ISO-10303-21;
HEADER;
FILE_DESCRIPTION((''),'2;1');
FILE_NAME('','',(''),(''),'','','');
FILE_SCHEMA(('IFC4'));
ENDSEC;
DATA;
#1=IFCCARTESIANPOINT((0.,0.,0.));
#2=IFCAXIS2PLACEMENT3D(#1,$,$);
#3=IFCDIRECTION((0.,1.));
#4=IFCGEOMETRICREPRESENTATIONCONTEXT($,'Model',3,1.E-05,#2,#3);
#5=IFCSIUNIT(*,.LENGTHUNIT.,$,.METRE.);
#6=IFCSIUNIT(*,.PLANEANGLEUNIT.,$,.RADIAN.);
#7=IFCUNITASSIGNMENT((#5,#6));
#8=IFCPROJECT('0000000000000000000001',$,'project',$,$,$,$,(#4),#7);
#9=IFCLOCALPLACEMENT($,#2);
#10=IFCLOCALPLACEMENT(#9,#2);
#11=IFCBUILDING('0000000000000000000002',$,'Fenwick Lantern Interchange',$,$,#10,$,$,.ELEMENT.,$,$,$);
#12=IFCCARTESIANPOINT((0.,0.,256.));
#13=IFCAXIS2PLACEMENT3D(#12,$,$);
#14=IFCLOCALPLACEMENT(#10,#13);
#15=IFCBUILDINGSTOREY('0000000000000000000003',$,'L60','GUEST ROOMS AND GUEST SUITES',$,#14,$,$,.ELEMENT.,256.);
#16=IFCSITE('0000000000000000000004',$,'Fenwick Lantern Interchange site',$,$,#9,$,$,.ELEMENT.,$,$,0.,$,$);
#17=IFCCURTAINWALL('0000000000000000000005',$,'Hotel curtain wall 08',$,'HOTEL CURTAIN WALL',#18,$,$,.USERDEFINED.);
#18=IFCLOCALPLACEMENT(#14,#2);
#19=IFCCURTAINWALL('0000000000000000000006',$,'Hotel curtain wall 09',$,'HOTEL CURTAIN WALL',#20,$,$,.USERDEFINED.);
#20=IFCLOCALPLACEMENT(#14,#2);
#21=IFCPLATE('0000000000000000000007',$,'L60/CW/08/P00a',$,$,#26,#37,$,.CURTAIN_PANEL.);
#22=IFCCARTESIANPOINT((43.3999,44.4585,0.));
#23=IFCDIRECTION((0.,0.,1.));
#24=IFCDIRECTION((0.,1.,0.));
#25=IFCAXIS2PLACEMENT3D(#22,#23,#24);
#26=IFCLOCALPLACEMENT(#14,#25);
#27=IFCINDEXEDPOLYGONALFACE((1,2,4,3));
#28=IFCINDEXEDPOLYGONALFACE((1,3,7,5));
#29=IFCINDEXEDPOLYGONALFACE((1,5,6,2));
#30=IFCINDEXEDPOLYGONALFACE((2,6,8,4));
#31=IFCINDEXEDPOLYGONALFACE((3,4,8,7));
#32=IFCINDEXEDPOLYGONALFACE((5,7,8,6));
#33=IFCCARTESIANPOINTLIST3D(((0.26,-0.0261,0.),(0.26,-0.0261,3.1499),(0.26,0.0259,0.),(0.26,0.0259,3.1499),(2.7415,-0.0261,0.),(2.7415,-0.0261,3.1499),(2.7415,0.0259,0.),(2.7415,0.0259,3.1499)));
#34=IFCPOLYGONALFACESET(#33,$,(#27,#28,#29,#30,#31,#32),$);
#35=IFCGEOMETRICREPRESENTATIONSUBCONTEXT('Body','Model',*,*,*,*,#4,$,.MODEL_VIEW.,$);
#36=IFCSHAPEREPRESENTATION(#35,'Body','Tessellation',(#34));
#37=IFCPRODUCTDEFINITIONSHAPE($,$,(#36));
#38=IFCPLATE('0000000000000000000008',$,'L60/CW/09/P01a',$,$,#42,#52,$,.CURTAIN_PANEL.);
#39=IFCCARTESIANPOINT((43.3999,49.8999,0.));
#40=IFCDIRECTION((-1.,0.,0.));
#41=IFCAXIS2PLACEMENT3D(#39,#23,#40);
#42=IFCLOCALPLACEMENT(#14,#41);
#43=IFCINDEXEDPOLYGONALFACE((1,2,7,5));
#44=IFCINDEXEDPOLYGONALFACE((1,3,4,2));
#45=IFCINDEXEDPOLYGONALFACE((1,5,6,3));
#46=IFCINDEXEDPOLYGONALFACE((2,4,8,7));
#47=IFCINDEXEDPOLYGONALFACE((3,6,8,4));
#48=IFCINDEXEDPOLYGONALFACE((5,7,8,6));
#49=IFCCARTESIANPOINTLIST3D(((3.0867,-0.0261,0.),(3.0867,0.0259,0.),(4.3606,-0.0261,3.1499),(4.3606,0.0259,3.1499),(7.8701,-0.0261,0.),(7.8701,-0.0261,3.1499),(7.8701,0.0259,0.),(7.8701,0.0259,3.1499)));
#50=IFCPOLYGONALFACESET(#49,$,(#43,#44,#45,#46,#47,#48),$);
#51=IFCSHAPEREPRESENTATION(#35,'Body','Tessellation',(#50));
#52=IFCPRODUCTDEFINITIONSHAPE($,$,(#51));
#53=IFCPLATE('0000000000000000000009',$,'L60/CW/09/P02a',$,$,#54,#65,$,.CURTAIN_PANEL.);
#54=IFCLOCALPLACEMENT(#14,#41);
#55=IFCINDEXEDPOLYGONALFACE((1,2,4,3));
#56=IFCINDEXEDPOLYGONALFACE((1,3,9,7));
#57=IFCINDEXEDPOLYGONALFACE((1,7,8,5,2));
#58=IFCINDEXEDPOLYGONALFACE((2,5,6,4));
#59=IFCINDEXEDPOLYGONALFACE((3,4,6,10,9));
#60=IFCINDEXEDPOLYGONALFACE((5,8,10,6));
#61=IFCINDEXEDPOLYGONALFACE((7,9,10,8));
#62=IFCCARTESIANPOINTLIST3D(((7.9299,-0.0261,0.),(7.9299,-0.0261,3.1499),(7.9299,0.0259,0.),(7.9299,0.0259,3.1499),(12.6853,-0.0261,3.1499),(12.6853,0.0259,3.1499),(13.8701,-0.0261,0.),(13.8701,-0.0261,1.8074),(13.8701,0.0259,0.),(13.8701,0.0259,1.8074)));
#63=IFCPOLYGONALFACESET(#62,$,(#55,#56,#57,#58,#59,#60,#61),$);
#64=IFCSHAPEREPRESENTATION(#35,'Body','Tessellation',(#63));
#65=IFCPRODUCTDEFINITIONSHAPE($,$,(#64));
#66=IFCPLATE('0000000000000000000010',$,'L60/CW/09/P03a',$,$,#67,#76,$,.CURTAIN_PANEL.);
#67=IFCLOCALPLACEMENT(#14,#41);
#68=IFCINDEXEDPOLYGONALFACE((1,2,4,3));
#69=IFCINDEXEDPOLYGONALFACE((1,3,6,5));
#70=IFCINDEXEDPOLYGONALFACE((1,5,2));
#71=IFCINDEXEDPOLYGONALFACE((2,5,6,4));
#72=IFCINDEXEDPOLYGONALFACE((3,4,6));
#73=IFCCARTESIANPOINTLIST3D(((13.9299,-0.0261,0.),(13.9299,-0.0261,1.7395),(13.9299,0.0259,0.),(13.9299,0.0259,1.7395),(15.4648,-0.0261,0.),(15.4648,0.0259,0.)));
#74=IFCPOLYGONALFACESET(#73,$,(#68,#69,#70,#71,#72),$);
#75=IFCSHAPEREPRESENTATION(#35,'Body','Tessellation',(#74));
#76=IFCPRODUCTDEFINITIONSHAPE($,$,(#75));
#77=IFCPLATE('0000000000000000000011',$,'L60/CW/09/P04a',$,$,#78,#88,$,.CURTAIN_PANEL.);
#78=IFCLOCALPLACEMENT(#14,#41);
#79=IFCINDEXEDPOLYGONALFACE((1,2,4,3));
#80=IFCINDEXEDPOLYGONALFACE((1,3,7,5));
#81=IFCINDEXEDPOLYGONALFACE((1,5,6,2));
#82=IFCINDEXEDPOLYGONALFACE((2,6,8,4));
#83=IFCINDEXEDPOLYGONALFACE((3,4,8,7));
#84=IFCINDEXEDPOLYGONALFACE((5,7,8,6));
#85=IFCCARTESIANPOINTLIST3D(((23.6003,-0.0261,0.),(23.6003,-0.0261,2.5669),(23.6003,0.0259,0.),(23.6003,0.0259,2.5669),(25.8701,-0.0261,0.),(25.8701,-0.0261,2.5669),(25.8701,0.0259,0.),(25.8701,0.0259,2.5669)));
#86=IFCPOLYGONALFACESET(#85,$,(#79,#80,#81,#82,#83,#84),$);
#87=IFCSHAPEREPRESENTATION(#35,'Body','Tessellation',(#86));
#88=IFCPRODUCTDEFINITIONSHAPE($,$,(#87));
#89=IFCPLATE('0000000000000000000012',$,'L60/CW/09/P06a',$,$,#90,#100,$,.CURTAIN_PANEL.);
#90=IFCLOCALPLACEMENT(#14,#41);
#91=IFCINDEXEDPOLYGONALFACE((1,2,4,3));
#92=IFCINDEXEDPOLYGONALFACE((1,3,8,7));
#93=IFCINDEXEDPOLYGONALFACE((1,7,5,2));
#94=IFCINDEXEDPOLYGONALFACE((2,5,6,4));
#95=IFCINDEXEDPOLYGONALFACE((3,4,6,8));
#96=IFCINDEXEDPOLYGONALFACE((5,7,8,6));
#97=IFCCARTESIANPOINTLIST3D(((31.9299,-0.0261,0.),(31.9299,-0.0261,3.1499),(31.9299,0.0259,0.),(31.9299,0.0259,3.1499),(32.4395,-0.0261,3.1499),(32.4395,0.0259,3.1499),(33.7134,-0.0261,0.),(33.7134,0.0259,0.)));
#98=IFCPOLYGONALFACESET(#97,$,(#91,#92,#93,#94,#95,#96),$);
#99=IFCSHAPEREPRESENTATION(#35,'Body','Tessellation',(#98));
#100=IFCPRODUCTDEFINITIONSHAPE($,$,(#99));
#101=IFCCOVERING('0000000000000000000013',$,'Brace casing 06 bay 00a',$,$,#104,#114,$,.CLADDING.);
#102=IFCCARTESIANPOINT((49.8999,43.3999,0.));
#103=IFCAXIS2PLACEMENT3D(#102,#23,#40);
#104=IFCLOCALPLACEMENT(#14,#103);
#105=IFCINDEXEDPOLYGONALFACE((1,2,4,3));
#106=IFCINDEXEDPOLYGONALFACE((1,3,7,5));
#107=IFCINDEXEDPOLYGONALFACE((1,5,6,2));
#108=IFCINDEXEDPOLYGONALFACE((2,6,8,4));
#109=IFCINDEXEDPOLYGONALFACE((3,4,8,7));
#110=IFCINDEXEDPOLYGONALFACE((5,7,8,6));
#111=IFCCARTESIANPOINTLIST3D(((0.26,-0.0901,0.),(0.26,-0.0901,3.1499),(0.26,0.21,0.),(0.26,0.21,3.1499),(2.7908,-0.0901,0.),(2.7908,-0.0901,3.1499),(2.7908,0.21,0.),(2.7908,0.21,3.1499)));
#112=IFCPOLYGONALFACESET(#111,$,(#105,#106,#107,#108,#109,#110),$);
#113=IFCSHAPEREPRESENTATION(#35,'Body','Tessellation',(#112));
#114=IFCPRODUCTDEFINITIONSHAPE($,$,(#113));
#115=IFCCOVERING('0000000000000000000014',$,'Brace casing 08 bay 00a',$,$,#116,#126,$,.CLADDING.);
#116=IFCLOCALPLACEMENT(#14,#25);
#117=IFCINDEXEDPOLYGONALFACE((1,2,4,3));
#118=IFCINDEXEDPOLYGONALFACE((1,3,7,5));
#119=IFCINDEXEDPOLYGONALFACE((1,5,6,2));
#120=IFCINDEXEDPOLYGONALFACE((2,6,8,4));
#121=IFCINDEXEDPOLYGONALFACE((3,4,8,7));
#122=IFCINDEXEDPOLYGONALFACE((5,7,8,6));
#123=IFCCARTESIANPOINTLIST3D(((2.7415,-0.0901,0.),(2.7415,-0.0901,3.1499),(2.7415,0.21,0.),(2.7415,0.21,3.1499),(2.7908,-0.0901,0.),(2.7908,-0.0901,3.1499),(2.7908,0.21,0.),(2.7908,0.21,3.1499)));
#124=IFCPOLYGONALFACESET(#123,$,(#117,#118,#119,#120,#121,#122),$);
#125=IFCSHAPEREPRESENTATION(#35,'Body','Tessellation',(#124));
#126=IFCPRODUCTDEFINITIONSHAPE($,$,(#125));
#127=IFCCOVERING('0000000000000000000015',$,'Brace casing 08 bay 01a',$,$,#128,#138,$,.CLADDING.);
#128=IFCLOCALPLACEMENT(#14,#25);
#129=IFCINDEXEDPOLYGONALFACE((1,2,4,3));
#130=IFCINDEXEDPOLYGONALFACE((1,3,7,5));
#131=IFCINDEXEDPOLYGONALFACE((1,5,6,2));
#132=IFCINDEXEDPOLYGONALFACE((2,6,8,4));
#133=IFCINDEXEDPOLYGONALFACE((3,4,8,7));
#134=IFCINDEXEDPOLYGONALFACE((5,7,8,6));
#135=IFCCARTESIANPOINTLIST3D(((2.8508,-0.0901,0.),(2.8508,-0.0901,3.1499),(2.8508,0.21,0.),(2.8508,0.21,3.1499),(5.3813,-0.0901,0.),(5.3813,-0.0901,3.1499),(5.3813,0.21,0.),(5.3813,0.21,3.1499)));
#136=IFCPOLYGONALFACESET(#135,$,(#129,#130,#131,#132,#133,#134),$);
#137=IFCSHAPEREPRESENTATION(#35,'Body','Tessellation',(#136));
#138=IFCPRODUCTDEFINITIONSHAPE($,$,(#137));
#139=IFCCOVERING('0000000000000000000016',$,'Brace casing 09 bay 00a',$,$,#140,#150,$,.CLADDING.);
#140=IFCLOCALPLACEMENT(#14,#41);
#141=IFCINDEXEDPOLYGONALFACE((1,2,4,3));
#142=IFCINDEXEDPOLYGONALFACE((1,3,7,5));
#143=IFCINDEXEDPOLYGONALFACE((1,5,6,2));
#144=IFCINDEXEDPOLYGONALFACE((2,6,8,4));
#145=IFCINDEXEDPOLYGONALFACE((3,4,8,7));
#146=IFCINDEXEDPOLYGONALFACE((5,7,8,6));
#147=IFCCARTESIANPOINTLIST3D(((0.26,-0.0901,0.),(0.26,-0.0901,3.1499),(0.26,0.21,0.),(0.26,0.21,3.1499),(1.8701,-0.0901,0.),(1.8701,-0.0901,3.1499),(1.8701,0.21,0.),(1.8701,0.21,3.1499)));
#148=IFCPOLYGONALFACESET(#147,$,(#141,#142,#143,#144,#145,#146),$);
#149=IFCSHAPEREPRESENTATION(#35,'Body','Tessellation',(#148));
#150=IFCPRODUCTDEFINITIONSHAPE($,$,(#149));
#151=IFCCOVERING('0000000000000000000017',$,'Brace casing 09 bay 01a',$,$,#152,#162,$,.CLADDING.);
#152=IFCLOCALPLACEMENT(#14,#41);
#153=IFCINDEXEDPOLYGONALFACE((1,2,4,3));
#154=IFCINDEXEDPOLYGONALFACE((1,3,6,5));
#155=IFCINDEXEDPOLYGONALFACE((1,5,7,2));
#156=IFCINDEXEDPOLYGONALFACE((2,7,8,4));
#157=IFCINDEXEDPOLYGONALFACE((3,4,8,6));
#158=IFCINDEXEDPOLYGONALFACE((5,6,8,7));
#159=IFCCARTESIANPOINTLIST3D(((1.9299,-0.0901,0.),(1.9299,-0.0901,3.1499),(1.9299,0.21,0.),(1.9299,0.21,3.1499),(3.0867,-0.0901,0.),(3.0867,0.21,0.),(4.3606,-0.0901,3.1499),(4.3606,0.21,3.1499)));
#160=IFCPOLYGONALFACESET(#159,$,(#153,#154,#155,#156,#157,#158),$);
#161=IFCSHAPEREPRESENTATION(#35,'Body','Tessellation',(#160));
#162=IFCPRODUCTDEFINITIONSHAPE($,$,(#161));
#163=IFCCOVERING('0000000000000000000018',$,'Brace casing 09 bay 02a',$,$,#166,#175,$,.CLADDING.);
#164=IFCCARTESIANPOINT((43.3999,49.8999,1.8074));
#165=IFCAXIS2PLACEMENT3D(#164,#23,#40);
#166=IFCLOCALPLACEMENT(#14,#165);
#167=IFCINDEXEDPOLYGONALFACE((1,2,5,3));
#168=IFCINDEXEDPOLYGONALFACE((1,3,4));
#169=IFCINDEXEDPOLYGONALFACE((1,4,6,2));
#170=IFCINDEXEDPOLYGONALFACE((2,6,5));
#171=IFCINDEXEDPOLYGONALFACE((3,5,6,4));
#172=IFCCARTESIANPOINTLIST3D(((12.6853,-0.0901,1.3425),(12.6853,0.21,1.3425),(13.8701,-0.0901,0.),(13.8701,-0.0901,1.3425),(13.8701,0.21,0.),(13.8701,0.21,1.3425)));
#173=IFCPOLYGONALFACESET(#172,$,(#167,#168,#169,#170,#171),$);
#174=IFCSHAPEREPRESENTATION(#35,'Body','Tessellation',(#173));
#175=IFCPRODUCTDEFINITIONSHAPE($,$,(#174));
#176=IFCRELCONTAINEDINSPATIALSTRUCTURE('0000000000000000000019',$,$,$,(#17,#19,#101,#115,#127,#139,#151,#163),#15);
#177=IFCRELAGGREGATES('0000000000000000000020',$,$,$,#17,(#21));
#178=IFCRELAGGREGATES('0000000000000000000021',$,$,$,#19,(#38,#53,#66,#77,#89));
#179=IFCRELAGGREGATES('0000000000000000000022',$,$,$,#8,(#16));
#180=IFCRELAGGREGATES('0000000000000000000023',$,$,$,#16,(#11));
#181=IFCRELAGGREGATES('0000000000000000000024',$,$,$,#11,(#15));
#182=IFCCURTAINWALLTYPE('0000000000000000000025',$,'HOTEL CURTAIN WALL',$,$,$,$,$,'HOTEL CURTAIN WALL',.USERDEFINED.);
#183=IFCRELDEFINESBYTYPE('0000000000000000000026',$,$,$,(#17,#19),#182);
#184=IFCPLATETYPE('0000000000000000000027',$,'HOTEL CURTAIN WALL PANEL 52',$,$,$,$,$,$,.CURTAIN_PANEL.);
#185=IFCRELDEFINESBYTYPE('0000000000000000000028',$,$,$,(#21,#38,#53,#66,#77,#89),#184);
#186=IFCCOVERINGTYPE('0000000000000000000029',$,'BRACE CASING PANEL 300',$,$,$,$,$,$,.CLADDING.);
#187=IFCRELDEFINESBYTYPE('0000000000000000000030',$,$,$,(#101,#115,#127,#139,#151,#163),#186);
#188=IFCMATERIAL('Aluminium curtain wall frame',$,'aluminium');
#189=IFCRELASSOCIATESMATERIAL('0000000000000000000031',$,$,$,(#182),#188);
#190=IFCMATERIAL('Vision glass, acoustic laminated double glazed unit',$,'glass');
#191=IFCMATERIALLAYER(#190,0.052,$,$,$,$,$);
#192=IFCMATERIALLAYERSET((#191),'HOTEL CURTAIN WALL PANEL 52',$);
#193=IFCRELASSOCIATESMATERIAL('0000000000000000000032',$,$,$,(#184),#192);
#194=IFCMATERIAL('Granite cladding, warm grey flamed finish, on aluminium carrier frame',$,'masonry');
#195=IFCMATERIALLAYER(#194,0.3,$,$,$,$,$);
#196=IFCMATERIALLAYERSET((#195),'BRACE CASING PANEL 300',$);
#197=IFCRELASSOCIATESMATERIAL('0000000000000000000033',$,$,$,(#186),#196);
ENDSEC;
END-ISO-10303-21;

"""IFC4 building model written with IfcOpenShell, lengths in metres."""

from ifc_helpers import new_model, si_unit, direction, frame, origin, place, context, subcontext, project, spatial, polyline, outline, extrude, material, layer, layer_set, type_object, element, aggregate, save


model = new_model("IFC4")

# Units and contexts
model_context = context("Model", 3, precision=1e-05, world=origin(), true_north=direction((0.0, 1.0)))
body_context = subcontext(model_context, "Body", "Model", "MODEL_VIEW")
ifc_project = project(units=[si_unit("LENGTHUNIT", "METRE"), si_unit("PLANEANGLEUNIT", "RADIAN")], contexts=[model_context])

# Site, building, storey
site_placement = place(None, origin())
site = spatial("IfcSite", under=ifc_project, at=site_placement, Name="Fenwick Lantern Interchange site", CompositionType="ELEMENT", RefElevation=0.0)
building_placement = place(site_placement, origin())
building = spatial("IfcBuilding", under=site, at=building_placement, Name="Fenwick Lantern Interchange", CompositionType="ELEMENT")
storey_placement = place(building_placement, frame((0.0, 0.0, 256.0)))
storey = spatial("IfcBuildingStorey", under=building, at=storey_placement, Name="L60", Description="GUEST ROOMS AND GUEST SUITES", CompositionType="ELEMENT", Elevation=256.0)

# Curtain walls
ifc_material_1 = material(Name="Aluminium curtain wall frame", Category="aluminium")
curtain_wall_type = type_object("IfcCurtainWallType", Name="HOTEL CURTAIN WALL", ElementType="HOTEL CURTAIN WALL", PredefinedType="USERDEFINED", material=ifc_material_1)
curtain_wall_1_placement = place(storey_placement, origin())
curtain_wall_1 = element("IfcCurtainWall", 1, at=curtain_wall_1_placement, inside=storey, type_object=curtain_wall_type, Name="Hotel curtain wall 08", ObjectType="HOTEL CURTAIN WALL", PredefinedType="USERDEFINED")
curtain_wall_2_placement = place(storey_placement, origin())
curtain_wall_2 = element("IfcCurtainWall", 2, at=curtain_wall_2_placement, inside=storey, type_object=curtain_wall_type, Name="Hotel curtain wall 09", ObjectType="HOTEL CURTAIN WALL", PredefinedType="USERDEFINED")

# Plates
ifc_material_2 = material(Name="Vision glass, acoustic laminated double glazed unit", Category="glass")
ifc_layer_1 = layer(ifc_material_2, 0.052)
ifc_layer_set_1 = layer_set([ifc_layer_1], Name="HOTEL CURTAIN WALL PANEL 52")
plate_type = type_object("IfcPlateType", Name="HOTEL CURTAIN WALL PANEL 52", PredefinedType="CURTAIN_PANEL", material=ifc_layer_set_1)
plate_1_placement = place(storey_placement, frame((43.3999, 44.4585, 0.0), z_axis=(0.0, 0.0, 1.0), x_axis=(0.0, 1.0, 0.0)))
plate_1 = element("IfcPlate", 3, at=plate_1_placement, type_object=plate_type, Name="L60/CW/08/P00a", PredefinedType="CURTAIN_PANEL", context=body_context, shape_type="SweptSolid", body=[
    extrude(outline(polyline([(0.26, 0.0), (2.7415, 0.0), (2.7415, 3.1499), (0.26, 3.1499), (0.26, 0.0)])), frame((0.0, 0.0259, 0.0), z_axis=(0.0, -1.0, 0.0), x_axis=(1.0, 0.0, 0.0)), (0.0, 0.0, 1.0), 0.052),
])
aggregate(curtain_wall_1, [plate_1])
plate_2_placement = place(storey_placement, frame((43.3999, 49.8999, 0.0), z_axis=(0.0, 0.0, 1.0), x_axis=(-1.0, 0.0, 0.0)))
plate_2 = element("IfcPlate", 4, at=plate_2_placement, type_object=plate_type, Name="L60/CW/09/P01a", PredefinedType="CURTAIN_PANEL", context=body_context, shape_type="SweptSolid", body=[
    extrude(outline(polyline([(3.0867, 0.0), (7.8701, 0.0), (7.8701, 3.1499), (4.3606, 3.1499), (3.0867, 0.0)])), frame((0.0, 0.0259, 0.0), z_axis=(0.0, -1.0, 0.0), x_axis=(1.0, 0.0, 0.0)), (0.0, 0.0, 1.0), 0.052),
])
plate_3_placement = place(storey_placement, frame((43.3999, 49.8999, 0.0), z_axis=(0.0, 0.0, 1.0), x_axis=(-1.0, 0.0, 0.0)))
plate_3 = element("IfcPlate", 5, at=plate_3_placement, type_object=plate_type, Name="L60/CW/09/P02a", PredefinedType="CURTAIN_PANEL", context=body_context, shape_type="SweptSolid", body=[
    extrude(outline(polyline([(7.9299, 0.0), (13.8701, 0.0), (13.8701, 1.8074), (12.6853, 3.1499), (7.9299, 3.1499), (7.9299, 0.0)])), frame((0.0, 0.0259, 0.0), z_axis=(0.0, -1.0, 0.0), x_axis=(1.0, 0.0, 0.0)), (0.0, 0.0, 1.0), 0.052),
])
plate_4_placement = place(storey_placement, frame((43.3999, 49.8999, 0.0), z_axis=(0.0, 0.0, 1.0), x_axis=(-1.0, 0.0, 0.0)))
plate_4 = element("IfcPlate", 6, at=plate_4_placement, type_object=plate_type, Name="L60/CW/09/P03a", PredefinedType="CURTAIN_PANEL", context=body_context, shape_type="SweptSolid", body=[
    extrude(outline(polyline([(13.9299, 0.0), (15.4648, 0.0), (13.9299, 1.7395), (13.9299, 0.0)])), frame((0.0, 0.0259, 0.0), z_axis=(0.0, -1.0, 0.0), x_axis=(1.0, 0.0, 0.0)), (0.0, 0.0, 1.0), 0.052),
])
plate_5_placement = place(storey_placement, frame((43.3999, 49.8999, 0.0), z_axis=(0.0, 0.0, 1.0), x_axis=(-1.0, 0.0, 0.0)))
plate_5 = element("IfcPlate", 7, at=plate_5_placement, type_object=plate_type, Name="L60/CW/09/P04a", PredefinedType="CURTAIN_PANEL", context=body_context, shape_type="SweptSolid", body=[
    extrude(outline(polyline([(23.6003, 0.0), (25.8701, 0.0), (25.8701, 2.5669), (23.6003, 2.5669), (23.6003, 0.0)])), frame((0.0, 0.0259, 0.0), z_axis=(0.0, -1.0, 0.0), x_axis=(1.0, 0.0, 0.0)), (0.0, 0.0, 1.0), 0.052),
])
plate_6_placement = place(storey_placement, frame((43.3999, 49.8999, 0.0), z_axis=(0.0, 0.0, 1.0), x_axis=(-1.0, 0.0, 0.0)))
plate_6 = element("IfcPlate", 8, at=plate_6_placement, type_object=plate_type, Name="L60/CW/09/P06a", PredefinedType="CURTAIN_PANEL", context=body_context, shape_type="SweptSolid", body=[
    extrude(outline(polyline([(31.9299, 0.0), (33.7134, 0.0), (32.4395, 3.1499), (31.9299, 3.1499), (31.9299, 0.0)])), frame((0.0, 0.0259, 0.0), z_axis=(0.0, -1.0, 0.0), x_axis=(1.0, 0.0, 0.0)), (0.0, 0.0, 1.0), 0.052),
])
aggregate(curtain_wall_2, [plate_2, plate_3, plate_4, plate_5, plate_6])

# Coverings
ifc_material_3 = material(Name="Granite cladding, warm grey flamed finish, on aluminium carrier frame", Category="masonry")
ifc_layer_2 = layer(ifc_material_3, 0.3)
ifc_layer_set_2 = layer_set([ifc_layer_2], Name="BRACE CASING PANEL 300")
covering_type = type_object("IfcCoveringType", Name="BRACE CASING PANEL 300", PredefinedType="CLADDING", material=ifc_layer_set_2)
covering_1_placement = place(storey_placement, frame((49.8999, 43.3999, 0.0), z_axis=(0.0, 0.0, 1.0), x_axis=(-1.0, 0.0, 0.0)))
element("IfcCovering", 9, at=covering_1_placement, inside=storey, type_object=covering_type, Name="Brace casing 06 bay 00a", PredefinedType="CLADDING", context=body_context, shape_type="SweptSolid", body=[
    extrude(outline(polyline([(0.26, 0.0), (2.7908, 0.0), (2.7908, 3.1499), (0.26, 3.1499), (0.26, 0.0)])), frame((0.0, 0.21, 0.0), z_axis=(0.0, -1.0, 0.0), x_axis=(1.0, 0.0, 0.0)), (0.0, 0.0, 1.0), 0.3),
])
covering_2_placement = place(storey_placement, frame((43.3999, 44.4585, 0.0), z_axis=(0.0, 0.0, 1.0), x_axis=(0.0, 1.0, 0.0)))
element("IfcCovering", 10, at=covering_2_placement, inside=storey, type_object=covering_type, Name="Brace casing 08 bay 00a", PredefinedType="CLADDING", context=body_context, shape_type="SweptSolid", body=[
    extrude(outline(polyline([(2.7415, 0.0), (2.7908, 0.0), (2.7908, 3.1499), (2.7415, 3.1499), (2.7415, 0.0)])), frame((0.0, 0.21, 0.0), z_axis=(0.0, -1.0, 0.0), x_axis=(1.0, 0.0, 0.0)), (0.0, 0.0, 1.0), 0.3),
])
covering_3_placement = place(storey_placement, frame((43.3999, 44.4585, 0.0), z_axis=(0.0, 0.0, 1.0), x_axis=(0.0, 1.0, 0.0)))
element("IfcCovering", 11, at=covering_3_placement, inside=storey, type_object=covering_type, Name="Brace casing 08 bay 01a", PredefinedType="CLADDING", context=body_context, shape_type="SweptSolid", body=[
    extrude(outline(polyline([(2.8508, 0.0), (5.3813, 0.0), (5.3813, 3.1499), (2.8508, 3.1499), (2.8508, 0.0)])), frame((0.0, 0.21, 0.0), z_axis=(0.0, -1.0, 0.0), x_axis=(1.0, 0.0, 0.0)), (0.0, 0.0, 1.0), 0.3),
])
covering_4_placement = place(storey_placement, frame((43.3999, 49.8999, 0.0), z_axis=(0.0, 0.0, 1.0), x_axis=(-1.0, 0.0, 0.0)))
element("IfcCovering", 12, at=covering_4_placement, inside=storey, type_object=covering_type, Name="Brace casing 09 bay 00a", PredefinedType="CLADDING", context=body_context, shape_type="SweptSolid", body=[
    extrude(outline(polyline([(0.26, 0.0), (1.8701, 0.0), (1.8701, 3.1499), (0.26, 3.1499), (0.26, 0.0)])), frame((0.0, 0.21, 0.0), z_axis=(0.0, -1.0, 0.0), x_axis=(1.0, 0.0, 0.0)), (0.0, 0.0, 1.0), 0.3),
])
covering_5_placement = place(storey_placement, frame((43.3999, 49.8999, 0.0), z_axis=(0.0, 0.0, 1.0), x_axis=(-1.0, 0.0, 0.0)))
element("IfcCovering", 13, at=covering_5_placement, inside=storey, type_object=covering_type, Name="Brace casing 09 bay 01a", PredefinedType="CLADDING", context=body_context, shape_type="SweptSolid", body=[
    extrude(outline(polyline([(1.9299, 0.0), (3.0867, 0.0), (4.3606, 3.1499), (1.9299, 3.1499), (1.9299, 0.0)])), frame((0.0, 0.21, 0.0), z_axis=(0.0, -1.0, 0.0), x_axis=(1.0, 0.0, 0.0)), (0.0, 0.0, 1.0), 0.3),
])
covering_6_placement = place(storey_placement, frame((43.3999, 49.8999, 1.8074), z_axis=(0.0, 0.0, 1.0), x_axis=(-1.0, 0.0, 0.0)))
element("IfcCovering", 14, at=covering_6_placement, inside=storey, type_object=covering_type, Name="Brace casing 09 bay 02a", PredefinedType="CLADDING", context=body_context, shape_type="SweptSolid", body=[
    extrude(outline(polyline([(13.8701, 0.0), (13.8701, 1.3425), (12.6853, 1.3425), (13.8701, 0.0)])), frame((0.0, 0.21, 0.0), z_axis=(0.0, -1.0, 0.0), x_axis=(1.0, 0.0, 0.0)), (0.0, 0.0, 1.0), 0.3),
])

save(model, "model.ifc")
